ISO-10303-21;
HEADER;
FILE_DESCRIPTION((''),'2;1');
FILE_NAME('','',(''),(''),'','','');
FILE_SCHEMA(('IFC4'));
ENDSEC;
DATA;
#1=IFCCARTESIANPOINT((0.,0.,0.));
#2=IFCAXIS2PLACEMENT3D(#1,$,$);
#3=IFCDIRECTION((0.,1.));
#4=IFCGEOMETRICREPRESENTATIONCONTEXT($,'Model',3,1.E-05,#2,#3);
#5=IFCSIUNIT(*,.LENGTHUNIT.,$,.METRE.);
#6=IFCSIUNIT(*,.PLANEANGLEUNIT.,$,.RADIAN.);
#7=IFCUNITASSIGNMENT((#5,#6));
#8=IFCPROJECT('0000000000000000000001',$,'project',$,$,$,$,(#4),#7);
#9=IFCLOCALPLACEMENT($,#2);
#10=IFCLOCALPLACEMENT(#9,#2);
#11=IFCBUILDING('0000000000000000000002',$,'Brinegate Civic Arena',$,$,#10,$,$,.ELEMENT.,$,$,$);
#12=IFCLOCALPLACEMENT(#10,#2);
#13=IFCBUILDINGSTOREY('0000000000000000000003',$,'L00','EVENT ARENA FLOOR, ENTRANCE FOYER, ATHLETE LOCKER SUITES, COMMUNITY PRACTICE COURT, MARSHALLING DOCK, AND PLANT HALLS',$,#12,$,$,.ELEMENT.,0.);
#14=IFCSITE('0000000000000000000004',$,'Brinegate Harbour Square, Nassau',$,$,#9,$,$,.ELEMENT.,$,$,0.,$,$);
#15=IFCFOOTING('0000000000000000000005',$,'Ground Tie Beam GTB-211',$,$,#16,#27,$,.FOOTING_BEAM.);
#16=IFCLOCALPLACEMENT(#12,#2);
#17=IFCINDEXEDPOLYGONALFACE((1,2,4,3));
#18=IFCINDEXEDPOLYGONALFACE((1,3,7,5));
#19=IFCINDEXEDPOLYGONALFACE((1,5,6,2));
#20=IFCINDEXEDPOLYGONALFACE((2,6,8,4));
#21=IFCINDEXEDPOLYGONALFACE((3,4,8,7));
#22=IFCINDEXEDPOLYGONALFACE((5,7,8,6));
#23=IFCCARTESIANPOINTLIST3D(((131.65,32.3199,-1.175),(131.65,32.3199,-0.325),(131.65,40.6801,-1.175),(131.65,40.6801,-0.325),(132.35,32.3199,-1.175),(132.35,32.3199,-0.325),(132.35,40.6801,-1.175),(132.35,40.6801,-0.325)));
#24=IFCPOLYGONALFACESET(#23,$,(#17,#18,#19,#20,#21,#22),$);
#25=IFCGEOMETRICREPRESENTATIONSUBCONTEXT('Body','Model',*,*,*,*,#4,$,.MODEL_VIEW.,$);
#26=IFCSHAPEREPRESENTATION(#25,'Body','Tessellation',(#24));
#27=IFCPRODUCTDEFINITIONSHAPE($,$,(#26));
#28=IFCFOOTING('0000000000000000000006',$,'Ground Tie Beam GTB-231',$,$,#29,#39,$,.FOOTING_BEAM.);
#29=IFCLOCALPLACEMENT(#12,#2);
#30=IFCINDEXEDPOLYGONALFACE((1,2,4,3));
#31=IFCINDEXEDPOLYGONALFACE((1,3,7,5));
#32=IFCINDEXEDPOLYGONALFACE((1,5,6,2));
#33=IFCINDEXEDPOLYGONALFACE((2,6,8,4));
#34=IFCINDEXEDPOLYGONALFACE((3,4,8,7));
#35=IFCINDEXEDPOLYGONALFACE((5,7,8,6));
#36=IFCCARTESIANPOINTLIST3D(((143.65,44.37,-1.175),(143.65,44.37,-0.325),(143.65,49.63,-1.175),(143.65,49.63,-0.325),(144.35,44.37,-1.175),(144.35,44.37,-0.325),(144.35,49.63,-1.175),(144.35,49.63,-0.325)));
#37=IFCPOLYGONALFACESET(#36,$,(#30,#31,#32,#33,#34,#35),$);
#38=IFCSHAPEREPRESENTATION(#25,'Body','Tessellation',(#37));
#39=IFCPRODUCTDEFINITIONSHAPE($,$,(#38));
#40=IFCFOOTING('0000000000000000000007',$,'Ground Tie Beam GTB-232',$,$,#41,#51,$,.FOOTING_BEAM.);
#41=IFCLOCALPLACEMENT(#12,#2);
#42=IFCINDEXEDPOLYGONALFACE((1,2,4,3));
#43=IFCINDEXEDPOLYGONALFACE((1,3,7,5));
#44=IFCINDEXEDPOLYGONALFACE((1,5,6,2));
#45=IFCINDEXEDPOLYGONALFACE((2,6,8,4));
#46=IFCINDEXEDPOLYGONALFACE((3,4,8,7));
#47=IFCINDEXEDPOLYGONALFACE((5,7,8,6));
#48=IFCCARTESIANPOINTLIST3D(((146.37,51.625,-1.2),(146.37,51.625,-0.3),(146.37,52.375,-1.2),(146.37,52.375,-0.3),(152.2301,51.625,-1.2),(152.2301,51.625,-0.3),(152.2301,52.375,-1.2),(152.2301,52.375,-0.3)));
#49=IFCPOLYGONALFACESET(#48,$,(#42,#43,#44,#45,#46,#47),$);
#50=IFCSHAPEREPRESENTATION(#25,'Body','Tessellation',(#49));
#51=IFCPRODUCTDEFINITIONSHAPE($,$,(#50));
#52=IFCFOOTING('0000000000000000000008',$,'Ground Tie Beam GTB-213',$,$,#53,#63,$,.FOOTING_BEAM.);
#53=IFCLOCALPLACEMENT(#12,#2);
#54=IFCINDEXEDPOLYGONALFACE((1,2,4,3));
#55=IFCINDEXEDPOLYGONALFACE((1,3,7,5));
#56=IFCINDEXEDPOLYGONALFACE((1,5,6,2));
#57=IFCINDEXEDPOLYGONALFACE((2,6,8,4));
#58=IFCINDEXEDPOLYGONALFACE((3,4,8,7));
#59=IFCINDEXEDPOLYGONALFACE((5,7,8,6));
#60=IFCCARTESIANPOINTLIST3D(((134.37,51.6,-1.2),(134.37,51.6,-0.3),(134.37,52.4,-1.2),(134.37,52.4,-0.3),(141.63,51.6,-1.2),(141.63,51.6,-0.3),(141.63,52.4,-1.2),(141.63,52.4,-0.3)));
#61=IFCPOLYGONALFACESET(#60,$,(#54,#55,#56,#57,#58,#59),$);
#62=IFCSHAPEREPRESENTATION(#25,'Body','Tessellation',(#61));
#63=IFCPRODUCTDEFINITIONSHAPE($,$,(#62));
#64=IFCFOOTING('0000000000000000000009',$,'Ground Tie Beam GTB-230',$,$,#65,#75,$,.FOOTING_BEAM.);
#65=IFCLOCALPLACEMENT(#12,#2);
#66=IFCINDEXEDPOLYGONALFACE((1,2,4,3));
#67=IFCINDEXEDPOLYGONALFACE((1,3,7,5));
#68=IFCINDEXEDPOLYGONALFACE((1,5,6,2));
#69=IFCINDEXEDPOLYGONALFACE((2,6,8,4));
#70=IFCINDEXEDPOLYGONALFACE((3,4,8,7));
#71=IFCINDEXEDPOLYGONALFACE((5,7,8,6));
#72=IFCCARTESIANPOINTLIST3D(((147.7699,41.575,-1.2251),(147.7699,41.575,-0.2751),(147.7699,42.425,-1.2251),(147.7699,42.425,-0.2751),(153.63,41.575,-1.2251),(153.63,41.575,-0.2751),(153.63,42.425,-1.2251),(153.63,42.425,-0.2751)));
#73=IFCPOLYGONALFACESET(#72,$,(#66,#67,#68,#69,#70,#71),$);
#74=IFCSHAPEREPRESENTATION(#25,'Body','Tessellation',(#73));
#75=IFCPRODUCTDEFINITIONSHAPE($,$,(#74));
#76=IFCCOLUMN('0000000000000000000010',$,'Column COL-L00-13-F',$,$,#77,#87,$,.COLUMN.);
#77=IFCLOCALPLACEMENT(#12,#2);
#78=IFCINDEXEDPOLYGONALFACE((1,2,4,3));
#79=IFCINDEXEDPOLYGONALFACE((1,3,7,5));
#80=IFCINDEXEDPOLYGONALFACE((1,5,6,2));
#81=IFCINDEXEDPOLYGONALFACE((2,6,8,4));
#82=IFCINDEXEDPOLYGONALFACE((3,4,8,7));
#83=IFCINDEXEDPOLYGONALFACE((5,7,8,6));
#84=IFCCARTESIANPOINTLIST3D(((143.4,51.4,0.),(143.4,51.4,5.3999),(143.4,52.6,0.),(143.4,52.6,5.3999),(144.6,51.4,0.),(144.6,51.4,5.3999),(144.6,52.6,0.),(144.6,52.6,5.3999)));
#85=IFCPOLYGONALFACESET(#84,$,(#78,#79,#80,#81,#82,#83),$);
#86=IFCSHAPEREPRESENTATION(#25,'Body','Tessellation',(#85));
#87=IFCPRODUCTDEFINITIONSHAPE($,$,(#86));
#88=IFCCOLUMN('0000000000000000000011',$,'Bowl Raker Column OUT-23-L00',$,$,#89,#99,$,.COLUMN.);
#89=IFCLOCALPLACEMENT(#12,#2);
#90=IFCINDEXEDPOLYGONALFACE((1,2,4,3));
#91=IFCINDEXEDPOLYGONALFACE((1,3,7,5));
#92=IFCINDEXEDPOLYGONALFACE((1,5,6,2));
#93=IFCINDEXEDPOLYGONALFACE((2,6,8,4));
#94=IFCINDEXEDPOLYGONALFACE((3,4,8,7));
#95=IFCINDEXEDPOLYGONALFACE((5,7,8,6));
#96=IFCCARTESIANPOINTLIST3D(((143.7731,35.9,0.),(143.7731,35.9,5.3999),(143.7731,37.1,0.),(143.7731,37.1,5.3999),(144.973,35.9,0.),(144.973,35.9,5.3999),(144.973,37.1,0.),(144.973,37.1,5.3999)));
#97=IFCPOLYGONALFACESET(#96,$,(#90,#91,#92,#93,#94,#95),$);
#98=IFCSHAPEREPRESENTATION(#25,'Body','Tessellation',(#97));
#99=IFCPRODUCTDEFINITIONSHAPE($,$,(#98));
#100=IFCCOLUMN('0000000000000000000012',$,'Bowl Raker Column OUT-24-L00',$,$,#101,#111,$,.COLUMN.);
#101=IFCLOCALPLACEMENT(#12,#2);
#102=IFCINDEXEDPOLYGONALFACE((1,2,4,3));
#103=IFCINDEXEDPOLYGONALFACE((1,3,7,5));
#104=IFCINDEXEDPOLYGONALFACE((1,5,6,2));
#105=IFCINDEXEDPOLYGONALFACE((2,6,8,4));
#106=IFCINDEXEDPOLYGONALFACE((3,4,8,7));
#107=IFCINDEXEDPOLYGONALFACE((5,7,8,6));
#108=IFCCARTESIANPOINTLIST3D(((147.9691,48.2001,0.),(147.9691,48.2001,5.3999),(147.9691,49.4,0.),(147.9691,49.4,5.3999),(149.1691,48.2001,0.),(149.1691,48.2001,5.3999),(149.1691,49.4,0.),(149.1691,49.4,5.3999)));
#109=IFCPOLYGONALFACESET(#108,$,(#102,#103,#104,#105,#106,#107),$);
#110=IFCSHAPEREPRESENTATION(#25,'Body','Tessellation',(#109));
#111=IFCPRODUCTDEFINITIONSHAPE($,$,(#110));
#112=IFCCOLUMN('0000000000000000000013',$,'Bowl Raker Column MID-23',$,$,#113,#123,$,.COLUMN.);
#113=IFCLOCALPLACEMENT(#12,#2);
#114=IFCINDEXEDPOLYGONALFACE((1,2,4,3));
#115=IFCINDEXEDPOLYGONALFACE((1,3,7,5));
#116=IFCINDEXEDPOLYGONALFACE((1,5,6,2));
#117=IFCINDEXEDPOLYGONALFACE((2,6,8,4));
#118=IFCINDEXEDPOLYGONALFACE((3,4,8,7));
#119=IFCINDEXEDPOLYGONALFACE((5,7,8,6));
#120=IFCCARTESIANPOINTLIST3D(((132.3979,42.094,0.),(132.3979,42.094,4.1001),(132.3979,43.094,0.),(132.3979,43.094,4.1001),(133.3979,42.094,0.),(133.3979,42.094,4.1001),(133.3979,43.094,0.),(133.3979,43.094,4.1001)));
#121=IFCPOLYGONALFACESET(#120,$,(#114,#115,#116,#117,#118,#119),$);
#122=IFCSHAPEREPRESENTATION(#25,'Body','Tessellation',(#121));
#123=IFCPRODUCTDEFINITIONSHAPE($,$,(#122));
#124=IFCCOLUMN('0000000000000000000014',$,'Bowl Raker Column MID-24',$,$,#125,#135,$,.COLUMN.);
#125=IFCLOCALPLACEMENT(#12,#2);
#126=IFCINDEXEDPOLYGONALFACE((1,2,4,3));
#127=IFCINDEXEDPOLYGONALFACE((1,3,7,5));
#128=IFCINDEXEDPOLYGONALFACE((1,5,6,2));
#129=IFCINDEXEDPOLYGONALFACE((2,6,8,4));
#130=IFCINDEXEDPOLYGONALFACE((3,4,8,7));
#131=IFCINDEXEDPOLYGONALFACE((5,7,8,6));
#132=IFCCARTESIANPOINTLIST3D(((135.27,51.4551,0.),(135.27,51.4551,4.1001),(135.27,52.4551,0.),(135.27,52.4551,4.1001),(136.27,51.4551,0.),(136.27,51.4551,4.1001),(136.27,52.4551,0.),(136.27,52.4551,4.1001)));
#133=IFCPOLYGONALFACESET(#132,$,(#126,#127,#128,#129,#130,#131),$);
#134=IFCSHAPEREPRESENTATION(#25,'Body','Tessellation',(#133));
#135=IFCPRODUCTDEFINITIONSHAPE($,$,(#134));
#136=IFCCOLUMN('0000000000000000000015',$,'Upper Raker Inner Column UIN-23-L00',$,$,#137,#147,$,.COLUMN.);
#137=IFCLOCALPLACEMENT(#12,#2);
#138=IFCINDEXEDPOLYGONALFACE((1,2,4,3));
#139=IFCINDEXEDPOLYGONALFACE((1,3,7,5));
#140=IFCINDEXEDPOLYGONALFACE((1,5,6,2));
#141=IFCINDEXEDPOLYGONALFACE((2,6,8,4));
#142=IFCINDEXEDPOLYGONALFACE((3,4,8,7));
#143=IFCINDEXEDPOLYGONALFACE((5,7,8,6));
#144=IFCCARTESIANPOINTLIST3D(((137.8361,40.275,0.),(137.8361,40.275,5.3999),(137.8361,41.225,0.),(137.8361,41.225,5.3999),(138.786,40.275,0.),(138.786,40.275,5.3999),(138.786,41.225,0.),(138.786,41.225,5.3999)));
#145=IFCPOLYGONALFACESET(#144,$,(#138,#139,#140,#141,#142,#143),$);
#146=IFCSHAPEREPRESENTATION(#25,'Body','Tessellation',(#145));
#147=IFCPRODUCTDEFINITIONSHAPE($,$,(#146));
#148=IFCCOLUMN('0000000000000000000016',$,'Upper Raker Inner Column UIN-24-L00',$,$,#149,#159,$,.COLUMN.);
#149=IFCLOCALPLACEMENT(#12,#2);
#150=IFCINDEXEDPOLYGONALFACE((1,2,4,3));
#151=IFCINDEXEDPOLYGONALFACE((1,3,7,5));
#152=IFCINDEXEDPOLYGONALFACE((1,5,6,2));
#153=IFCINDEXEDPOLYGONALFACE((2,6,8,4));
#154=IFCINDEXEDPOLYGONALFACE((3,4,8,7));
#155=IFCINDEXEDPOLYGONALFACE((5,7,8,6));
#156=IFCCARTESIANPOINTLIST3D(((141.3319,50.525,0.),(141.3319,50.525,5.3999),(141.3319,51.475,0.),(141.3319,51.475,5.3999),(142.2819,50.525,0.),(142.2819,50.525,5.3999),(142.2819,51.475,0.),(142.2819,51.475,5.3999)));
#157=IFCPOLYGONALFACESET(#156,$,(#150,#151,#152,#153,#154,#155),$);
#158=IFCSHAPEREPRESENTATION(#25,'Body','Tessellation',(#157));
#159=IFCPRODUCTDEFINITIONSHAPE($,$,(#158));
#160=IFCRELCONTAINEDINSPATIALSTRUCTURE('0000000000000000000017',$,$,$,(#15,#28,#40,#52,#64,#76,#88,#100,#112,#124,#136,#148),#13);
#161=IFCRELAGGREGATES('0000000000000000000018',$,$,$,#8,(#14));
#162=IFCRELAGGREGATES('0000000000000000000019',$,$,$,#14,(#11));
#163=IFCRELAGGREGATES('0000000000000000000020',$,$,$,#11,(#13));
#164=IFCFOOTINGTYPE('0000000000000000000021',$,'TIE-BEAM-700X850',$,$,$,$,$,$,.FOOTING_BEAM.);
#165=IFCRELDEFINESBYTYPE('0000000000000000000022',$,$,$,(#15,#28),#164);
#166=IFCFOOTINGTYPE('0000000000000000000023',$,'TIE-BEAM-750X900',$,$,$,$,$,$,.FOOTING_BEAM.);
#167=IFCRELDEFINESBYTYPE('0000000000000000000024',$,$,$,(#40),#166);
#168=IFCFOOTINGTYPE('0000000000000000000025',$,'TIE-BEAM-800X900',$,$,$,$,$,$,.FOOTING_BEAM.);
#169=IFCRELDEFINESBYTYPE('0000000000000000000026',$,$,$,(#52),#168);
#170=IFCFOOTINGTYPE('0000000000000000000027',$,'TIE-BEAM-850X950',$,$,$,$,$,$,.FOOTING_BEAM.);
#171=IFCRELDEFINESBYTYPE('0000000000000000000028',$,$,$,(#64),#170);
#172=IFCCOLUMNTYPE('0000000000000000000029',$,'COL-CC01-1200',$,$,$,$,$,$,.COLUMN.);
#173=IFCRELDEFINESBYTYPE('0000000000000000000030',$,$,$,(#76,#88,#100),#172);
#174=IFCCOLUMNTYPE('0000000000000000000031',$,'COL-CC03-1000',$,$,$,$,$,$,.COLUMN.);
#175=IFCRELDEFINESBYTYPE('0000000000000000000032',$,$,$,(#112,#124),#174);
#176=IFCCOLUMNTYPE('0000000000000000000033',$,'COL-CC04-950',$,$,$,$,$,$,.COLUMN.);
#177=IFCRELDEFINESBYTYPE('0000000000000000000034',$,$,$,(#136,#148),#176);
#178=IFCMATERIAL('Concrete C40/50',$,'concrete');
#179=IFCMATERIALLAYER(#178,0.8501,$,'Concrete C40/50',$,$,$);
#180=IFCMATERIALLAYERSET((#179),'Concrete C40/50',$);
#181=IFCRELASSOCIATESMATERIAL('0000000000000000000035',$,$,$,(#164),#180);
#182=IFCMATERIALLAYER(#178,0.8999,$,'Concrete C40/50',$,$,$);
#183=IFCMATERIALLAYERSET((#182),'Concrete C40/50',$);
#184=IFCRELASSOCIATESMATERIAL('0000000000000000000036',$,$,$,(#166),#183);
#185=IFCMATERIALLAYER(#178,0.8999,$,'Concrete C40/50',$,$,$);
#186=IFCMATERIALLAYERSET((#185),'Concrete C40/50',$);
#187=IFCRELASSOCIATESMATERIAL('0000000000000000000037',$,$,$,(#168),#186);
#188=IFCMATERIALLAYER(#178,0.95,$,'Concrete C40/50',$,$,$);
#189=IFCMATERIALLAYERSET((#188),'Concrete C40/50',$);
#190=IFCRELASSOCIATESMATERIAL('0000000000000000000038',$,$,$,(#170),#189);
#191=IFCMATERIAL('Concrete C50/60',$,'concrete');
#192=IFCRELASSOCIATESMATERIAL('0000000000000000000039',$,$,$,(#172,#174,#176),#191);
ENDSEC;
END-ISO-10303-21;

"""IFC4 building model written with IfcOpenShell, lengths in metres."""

from ifc_helpers import new_model, si_unit, direction, frame, origin, origin_2d, place, context, subcontext, project, spatial, rectangle, extrude, material, layer, layer_set, material_profile, profile_set, type_object, element, save


model = new_model("IFC4")

# Units and contexts
model_context = context("Model", 3, precision=1e-05, world=origin(), true_north=direction((0.0, 1.0)))
body_context = subcontext(model_context, "Body", "Model", "MODEL_VIEW")
ifc_project = project(units=[si_unit("LENGTHUNIT", "METRE"), si_unit("PLANEANGLEUNIT", "RADIAN")], contexts=[model_context])

# Site, building, storey
site_placement = place(None, origin())
site = spatial("IfcSite", under=ifc_project, at=site_placement, Name="Brinegate Harbour Square, Nassau", CompositionType="ELEMENT", RefElevation=0.0)
building_placement = place(site_placement, origin())
building = spatial("IfcBuilding", under=site, at=building_placement, Name="Brinegate Civic Arena", CompositionType="ELEMENT")
storey_placement = place(building_placement, origin())
storey = spatial("IfcBuildingStorey", under=building, at=storey_placement, Name="L00", Description="EVENT ARENA FLOOR, ENTRANCE FOYER, ATHLETE LOCKER SUITES, COMMUNITY PRACTICE COURT, MARSHALLING DOCK, AND PLANT HALLS", CompositionType="ELEMENT", Elevation=0.0)

# Shared definitions
ifc_material_1 = material(Name="Concrete C40/50", Category="concrete")

# Footings
ifc_layer_1 = layer(ifc_material_1, 0.8501, Name="Concrete C40/50")
ifc_layer_set_1 = layer_set([ifc_layer_1], Name="Concrete C40/50")
footing_type_1 = type_object("IfcFootingType", Name="TIE-BEAM-700X850", PredefinedType="FOOTING_BEAM", material=ifc_layer_set_1)
footing_1_placement = place(storey_placement, frame((132.0, 36.5, -1.175), z_axis=(0.0, 0.0, 1.0), x_axis=(0.0, 1.0, 0.0)))
element("IfcFooting", 1, at=footing_1_placement, inside=storey, type_object=footing_type_1, Name="Ground Tie Beam GTB-211", PredefinedType="FOOTING_BEAM", context=body_context, shape_type="SweptSolid", body=[
    extrude(rectangle(XDim=8.3601, YDim=0.7, at=origin_2d()), origin(), (0.0, 0.0, 1.0), 0.8501),
])
footing_2_placement = place(storey_placement, frame((144.0, 47.0, -1.175), z_axis=(0.0, 0.0, 1.0), x_axis=(0.0, 1.0, 0.0)))
element("IfcFooting", 2, at=footing_2_placement, inside=storey, type_object=footing_type_1, Name="Ground Tie Beam GTB-231", PredefinedType="FOOTING_BEAM", context=body_context, shape_type="SweptSolid", body=[
    extrude(rectangle(XDim=5.26, YDim=0.7, at=origin_2d()), origin(), (0.0, 0.0, 1.0), 0.8501),
])
ifc_layer_2 = layer(ifc_material_1, 0.8999, Name="Concrete C40/50")
ifc_layer_set_2 = layer_set([ifc_layer_2], Name="Concrete C40/50")
footing_type_2 = type_object("IfcFootingType", Name="TIE-BEAM-750X900", PredefinedType="FOOTING_BEAM", material=ifc_layer_set_2)
footing_3_placement = place(storey_placement, frame((149.3, 52.0, -1.2), z_axis=(0.0, 0.0, 1.0), x_axis=(1.0, 0.0, 0.0)))
element("IfcFooting", 3, at=footing_3_placement, inside=storey, type_object=footing_type_2, Name="Ground Tie Beam GTB-232", PredefinedType="FOOTING_BEAM", context=body_context, shape_type="SweptSolid", body=[
    extrude(rectangle(XDim=5.8601, YDim=0.75, at=origin_2d()), origin(), (0.0, 0.0, 1.0), 0.8999),
])
ifc_layer_3 = layer(ifc_material_1, 0.8999, Name="Concrete C40/50")
ifc_layer_set_3 = layer_set([ifc_layer_3], Name="Concrete C40/50")
footing_type_3 = type_object("IfcFootingType", Name="TIE-BEAM-800X900", PredefinedType="FOOTING_BEAM", material=ifc_layer_set_3)
footing_4_placement = place(storey_placement, frame((138.0, 52.0, -1.2), z_axis=(0.0, 0.0, 1.0), x_axis=(1.0, 0.0, 0.0)))
element("IfcFooting", 4, at=footing_4_placement, inside=storey, type_object=footing_type_3, Name="Ground Tie Beam GTB-213", PredefinedType="FOOTING_BEAM", context=body_context, shape_type="SweptSolid", body=[
    extrude(rectangle(XDim=7.26, YDim=0.8, at=origin_2d()), origin(), (0.0, 0.0, 1.0), 0.8999),
])
ifc_layer_4 = layer(ifc_material_1, 0.95, Name="Concrete C40/50")
ifc_layer_set_4 = layer_set([ifc_layer_4], Name="Concrete C40/50")
footing_type_4 = type_object("IfcFootingType", Name="TIE-BEAM-850X950", PredefinedType="FOOTING_BEAM", material=ifc_layer_set_4)
footing_5_placement = place(storey_placement, frame((150.7, 42.0, -1.2251), z_axis=(0.0, 0.0, 1.0), x_axis=(1.0, 0.0, 0.0)))
element("IfcFooting", 5, at=footing_5_placement, inside=storey, type_object=footing_type_4, Name="Ground Tie Beam GTB-230", PredefinedType="FOOTING_BEAM", context=body_context, shape_type="SweptSolid", body=[
    extrude(rectangle(XDim=5.8601, YDim=0.8501, at=origin_2d()), origin(), (0.0, 0.0, 1.0), 0.95),
])

# Columns
ifc_material_2 = material(Name="Concrete C50/60", Category="concrete")
ifc_material_profile_1 = material_profile(ifc_material_2, rectangle(XDim=1.2, YDim=1.2, at=origin_2d()), Name="RC1200X1200")
ifc_profile_set_1 = profile_set([ifc_material_profile_1], Name="Concrete C50/60")
column_type_1 = type_object("IfcColumnType", Name="COL-CC01-1200", PredefinedType="COLUMN", material=ifc_profile_set_1)
for number, where, z_axis, x_axis, name in (
    (6, (144.0, 52.0, 0.0), (0.0, 0.0, 1.0), (1.0, 0.0, 0.0), "Column COL-L00-13-F"),
    (7, (144.373, 36.5, 0.0), (0.0, 0.0, 1.0), (1.0, 0.0, 0.0), "Bowl Raker Column OUT-23-L00"),
    (8, (148.5691, 48.8, 0.0), (0.0, 0.0, 1.0), (1.0, 0.0, 0.0), "Bowl Raker Column OUT-24-L00"),
):
    element("IfcColumn", number, at=place(storey_placement, frame(where, z_axis=z_axis, x_axis=x_axis)), inside=storey, type_object=column_type_1, Name=name, PredefinedType="COLUMN", context=body_context, shape_type="SweptSolid", body=[
        extrude(rectangle(XDim=1.2, YDim=1.2, at=origin_2d()), origin(), (0.0, 0.0, 1.0), 5.3999),
    ])
ifc_material_profile_2 = material_profile(ifc_material_2, rectangle(XDim=1.0, YDim=1.0, at=origin_2d()), Name="RC1000X1000")
ifc_profile_set_2 = profile_set([ifc_material_profile_2], Name="Concrete C50/60")
column_type_2 = type_object("IfcColumnType", Name="COL-CC03-1000", PredefinedType="COLUMN", material=ifc_profile_set_2)
for number, where, z_axis, x_axis, name in (
    (9, (132.8979, 42.594, 0.0), (0.0, 0.0, 1.0), (1.0, 0.0, 0.0), "Bowl Raker Column MID-23"),
    (10, (135.77, 51.9551, 0.0), (0.0, 0.0, 1.0), (1.0, 0.0, 0.0), "Bowl Raker Column MID-24"),
):
    element("IfcColumn", number, at=place(storey_placement, frame(where, z_axis=z_axis, x_axis=x_axis)), inside=storey, type_object=column_type_2, Name=name, PredefinedType="COLUMN", context=body_context, shape_type="SweptSolid", body=[
        extrude(rectangle(XDim=1.0, YDim=1.0, at=origin_2d()), origin(), (0.0, 0.0, 1.0), 4.1001),
    ])
ifc_material_profile_3 = material_profile(ifc_material_2, rectangle(XDim=0.95, YDim=0.95, at=origin_2d()), Name="RC950X950")
ifc_profile_set_3 = profile_set([ifc_material_profile_3], Name="Concrete C50/60")
column_type_3 = type_object("IfcColumnType", Name="COL-CC04-950", PredefinedType="COLUMN", material=ifc_profile_set_3)
for number, where, z_axis, x_axis, name in (
    (11, (138.311, 40.75, 0.0), (0.0, 0.0, 1.0), (1.0, 0.0, 0.0), "Upper Raker Inner Column UIN-23-L00"),
    (12, (141.8069, 51.0, 0.0), (0.0, 0.0, 1.0), (1.0, 0.0, 0.0), "Upper Raker Inner Column UIN-24-L00"),
):
    element("IfcColumn", number, at=place(storey_placement, frame(where, z_axis=z_axis, x_axis=x_axis)), inside=storey, type_object=column_type_3, Name=name, PredefinedType="COLUMN", context=body_context, shape_type="SweptSolid", body=[
        extrude(rectangle(XDim=0.95, YDim=0.95, at=origin_2d()), origin(), (0.0, 0.0, 1.0), 5.3999),
    ])

save(model, "model.ifc")
